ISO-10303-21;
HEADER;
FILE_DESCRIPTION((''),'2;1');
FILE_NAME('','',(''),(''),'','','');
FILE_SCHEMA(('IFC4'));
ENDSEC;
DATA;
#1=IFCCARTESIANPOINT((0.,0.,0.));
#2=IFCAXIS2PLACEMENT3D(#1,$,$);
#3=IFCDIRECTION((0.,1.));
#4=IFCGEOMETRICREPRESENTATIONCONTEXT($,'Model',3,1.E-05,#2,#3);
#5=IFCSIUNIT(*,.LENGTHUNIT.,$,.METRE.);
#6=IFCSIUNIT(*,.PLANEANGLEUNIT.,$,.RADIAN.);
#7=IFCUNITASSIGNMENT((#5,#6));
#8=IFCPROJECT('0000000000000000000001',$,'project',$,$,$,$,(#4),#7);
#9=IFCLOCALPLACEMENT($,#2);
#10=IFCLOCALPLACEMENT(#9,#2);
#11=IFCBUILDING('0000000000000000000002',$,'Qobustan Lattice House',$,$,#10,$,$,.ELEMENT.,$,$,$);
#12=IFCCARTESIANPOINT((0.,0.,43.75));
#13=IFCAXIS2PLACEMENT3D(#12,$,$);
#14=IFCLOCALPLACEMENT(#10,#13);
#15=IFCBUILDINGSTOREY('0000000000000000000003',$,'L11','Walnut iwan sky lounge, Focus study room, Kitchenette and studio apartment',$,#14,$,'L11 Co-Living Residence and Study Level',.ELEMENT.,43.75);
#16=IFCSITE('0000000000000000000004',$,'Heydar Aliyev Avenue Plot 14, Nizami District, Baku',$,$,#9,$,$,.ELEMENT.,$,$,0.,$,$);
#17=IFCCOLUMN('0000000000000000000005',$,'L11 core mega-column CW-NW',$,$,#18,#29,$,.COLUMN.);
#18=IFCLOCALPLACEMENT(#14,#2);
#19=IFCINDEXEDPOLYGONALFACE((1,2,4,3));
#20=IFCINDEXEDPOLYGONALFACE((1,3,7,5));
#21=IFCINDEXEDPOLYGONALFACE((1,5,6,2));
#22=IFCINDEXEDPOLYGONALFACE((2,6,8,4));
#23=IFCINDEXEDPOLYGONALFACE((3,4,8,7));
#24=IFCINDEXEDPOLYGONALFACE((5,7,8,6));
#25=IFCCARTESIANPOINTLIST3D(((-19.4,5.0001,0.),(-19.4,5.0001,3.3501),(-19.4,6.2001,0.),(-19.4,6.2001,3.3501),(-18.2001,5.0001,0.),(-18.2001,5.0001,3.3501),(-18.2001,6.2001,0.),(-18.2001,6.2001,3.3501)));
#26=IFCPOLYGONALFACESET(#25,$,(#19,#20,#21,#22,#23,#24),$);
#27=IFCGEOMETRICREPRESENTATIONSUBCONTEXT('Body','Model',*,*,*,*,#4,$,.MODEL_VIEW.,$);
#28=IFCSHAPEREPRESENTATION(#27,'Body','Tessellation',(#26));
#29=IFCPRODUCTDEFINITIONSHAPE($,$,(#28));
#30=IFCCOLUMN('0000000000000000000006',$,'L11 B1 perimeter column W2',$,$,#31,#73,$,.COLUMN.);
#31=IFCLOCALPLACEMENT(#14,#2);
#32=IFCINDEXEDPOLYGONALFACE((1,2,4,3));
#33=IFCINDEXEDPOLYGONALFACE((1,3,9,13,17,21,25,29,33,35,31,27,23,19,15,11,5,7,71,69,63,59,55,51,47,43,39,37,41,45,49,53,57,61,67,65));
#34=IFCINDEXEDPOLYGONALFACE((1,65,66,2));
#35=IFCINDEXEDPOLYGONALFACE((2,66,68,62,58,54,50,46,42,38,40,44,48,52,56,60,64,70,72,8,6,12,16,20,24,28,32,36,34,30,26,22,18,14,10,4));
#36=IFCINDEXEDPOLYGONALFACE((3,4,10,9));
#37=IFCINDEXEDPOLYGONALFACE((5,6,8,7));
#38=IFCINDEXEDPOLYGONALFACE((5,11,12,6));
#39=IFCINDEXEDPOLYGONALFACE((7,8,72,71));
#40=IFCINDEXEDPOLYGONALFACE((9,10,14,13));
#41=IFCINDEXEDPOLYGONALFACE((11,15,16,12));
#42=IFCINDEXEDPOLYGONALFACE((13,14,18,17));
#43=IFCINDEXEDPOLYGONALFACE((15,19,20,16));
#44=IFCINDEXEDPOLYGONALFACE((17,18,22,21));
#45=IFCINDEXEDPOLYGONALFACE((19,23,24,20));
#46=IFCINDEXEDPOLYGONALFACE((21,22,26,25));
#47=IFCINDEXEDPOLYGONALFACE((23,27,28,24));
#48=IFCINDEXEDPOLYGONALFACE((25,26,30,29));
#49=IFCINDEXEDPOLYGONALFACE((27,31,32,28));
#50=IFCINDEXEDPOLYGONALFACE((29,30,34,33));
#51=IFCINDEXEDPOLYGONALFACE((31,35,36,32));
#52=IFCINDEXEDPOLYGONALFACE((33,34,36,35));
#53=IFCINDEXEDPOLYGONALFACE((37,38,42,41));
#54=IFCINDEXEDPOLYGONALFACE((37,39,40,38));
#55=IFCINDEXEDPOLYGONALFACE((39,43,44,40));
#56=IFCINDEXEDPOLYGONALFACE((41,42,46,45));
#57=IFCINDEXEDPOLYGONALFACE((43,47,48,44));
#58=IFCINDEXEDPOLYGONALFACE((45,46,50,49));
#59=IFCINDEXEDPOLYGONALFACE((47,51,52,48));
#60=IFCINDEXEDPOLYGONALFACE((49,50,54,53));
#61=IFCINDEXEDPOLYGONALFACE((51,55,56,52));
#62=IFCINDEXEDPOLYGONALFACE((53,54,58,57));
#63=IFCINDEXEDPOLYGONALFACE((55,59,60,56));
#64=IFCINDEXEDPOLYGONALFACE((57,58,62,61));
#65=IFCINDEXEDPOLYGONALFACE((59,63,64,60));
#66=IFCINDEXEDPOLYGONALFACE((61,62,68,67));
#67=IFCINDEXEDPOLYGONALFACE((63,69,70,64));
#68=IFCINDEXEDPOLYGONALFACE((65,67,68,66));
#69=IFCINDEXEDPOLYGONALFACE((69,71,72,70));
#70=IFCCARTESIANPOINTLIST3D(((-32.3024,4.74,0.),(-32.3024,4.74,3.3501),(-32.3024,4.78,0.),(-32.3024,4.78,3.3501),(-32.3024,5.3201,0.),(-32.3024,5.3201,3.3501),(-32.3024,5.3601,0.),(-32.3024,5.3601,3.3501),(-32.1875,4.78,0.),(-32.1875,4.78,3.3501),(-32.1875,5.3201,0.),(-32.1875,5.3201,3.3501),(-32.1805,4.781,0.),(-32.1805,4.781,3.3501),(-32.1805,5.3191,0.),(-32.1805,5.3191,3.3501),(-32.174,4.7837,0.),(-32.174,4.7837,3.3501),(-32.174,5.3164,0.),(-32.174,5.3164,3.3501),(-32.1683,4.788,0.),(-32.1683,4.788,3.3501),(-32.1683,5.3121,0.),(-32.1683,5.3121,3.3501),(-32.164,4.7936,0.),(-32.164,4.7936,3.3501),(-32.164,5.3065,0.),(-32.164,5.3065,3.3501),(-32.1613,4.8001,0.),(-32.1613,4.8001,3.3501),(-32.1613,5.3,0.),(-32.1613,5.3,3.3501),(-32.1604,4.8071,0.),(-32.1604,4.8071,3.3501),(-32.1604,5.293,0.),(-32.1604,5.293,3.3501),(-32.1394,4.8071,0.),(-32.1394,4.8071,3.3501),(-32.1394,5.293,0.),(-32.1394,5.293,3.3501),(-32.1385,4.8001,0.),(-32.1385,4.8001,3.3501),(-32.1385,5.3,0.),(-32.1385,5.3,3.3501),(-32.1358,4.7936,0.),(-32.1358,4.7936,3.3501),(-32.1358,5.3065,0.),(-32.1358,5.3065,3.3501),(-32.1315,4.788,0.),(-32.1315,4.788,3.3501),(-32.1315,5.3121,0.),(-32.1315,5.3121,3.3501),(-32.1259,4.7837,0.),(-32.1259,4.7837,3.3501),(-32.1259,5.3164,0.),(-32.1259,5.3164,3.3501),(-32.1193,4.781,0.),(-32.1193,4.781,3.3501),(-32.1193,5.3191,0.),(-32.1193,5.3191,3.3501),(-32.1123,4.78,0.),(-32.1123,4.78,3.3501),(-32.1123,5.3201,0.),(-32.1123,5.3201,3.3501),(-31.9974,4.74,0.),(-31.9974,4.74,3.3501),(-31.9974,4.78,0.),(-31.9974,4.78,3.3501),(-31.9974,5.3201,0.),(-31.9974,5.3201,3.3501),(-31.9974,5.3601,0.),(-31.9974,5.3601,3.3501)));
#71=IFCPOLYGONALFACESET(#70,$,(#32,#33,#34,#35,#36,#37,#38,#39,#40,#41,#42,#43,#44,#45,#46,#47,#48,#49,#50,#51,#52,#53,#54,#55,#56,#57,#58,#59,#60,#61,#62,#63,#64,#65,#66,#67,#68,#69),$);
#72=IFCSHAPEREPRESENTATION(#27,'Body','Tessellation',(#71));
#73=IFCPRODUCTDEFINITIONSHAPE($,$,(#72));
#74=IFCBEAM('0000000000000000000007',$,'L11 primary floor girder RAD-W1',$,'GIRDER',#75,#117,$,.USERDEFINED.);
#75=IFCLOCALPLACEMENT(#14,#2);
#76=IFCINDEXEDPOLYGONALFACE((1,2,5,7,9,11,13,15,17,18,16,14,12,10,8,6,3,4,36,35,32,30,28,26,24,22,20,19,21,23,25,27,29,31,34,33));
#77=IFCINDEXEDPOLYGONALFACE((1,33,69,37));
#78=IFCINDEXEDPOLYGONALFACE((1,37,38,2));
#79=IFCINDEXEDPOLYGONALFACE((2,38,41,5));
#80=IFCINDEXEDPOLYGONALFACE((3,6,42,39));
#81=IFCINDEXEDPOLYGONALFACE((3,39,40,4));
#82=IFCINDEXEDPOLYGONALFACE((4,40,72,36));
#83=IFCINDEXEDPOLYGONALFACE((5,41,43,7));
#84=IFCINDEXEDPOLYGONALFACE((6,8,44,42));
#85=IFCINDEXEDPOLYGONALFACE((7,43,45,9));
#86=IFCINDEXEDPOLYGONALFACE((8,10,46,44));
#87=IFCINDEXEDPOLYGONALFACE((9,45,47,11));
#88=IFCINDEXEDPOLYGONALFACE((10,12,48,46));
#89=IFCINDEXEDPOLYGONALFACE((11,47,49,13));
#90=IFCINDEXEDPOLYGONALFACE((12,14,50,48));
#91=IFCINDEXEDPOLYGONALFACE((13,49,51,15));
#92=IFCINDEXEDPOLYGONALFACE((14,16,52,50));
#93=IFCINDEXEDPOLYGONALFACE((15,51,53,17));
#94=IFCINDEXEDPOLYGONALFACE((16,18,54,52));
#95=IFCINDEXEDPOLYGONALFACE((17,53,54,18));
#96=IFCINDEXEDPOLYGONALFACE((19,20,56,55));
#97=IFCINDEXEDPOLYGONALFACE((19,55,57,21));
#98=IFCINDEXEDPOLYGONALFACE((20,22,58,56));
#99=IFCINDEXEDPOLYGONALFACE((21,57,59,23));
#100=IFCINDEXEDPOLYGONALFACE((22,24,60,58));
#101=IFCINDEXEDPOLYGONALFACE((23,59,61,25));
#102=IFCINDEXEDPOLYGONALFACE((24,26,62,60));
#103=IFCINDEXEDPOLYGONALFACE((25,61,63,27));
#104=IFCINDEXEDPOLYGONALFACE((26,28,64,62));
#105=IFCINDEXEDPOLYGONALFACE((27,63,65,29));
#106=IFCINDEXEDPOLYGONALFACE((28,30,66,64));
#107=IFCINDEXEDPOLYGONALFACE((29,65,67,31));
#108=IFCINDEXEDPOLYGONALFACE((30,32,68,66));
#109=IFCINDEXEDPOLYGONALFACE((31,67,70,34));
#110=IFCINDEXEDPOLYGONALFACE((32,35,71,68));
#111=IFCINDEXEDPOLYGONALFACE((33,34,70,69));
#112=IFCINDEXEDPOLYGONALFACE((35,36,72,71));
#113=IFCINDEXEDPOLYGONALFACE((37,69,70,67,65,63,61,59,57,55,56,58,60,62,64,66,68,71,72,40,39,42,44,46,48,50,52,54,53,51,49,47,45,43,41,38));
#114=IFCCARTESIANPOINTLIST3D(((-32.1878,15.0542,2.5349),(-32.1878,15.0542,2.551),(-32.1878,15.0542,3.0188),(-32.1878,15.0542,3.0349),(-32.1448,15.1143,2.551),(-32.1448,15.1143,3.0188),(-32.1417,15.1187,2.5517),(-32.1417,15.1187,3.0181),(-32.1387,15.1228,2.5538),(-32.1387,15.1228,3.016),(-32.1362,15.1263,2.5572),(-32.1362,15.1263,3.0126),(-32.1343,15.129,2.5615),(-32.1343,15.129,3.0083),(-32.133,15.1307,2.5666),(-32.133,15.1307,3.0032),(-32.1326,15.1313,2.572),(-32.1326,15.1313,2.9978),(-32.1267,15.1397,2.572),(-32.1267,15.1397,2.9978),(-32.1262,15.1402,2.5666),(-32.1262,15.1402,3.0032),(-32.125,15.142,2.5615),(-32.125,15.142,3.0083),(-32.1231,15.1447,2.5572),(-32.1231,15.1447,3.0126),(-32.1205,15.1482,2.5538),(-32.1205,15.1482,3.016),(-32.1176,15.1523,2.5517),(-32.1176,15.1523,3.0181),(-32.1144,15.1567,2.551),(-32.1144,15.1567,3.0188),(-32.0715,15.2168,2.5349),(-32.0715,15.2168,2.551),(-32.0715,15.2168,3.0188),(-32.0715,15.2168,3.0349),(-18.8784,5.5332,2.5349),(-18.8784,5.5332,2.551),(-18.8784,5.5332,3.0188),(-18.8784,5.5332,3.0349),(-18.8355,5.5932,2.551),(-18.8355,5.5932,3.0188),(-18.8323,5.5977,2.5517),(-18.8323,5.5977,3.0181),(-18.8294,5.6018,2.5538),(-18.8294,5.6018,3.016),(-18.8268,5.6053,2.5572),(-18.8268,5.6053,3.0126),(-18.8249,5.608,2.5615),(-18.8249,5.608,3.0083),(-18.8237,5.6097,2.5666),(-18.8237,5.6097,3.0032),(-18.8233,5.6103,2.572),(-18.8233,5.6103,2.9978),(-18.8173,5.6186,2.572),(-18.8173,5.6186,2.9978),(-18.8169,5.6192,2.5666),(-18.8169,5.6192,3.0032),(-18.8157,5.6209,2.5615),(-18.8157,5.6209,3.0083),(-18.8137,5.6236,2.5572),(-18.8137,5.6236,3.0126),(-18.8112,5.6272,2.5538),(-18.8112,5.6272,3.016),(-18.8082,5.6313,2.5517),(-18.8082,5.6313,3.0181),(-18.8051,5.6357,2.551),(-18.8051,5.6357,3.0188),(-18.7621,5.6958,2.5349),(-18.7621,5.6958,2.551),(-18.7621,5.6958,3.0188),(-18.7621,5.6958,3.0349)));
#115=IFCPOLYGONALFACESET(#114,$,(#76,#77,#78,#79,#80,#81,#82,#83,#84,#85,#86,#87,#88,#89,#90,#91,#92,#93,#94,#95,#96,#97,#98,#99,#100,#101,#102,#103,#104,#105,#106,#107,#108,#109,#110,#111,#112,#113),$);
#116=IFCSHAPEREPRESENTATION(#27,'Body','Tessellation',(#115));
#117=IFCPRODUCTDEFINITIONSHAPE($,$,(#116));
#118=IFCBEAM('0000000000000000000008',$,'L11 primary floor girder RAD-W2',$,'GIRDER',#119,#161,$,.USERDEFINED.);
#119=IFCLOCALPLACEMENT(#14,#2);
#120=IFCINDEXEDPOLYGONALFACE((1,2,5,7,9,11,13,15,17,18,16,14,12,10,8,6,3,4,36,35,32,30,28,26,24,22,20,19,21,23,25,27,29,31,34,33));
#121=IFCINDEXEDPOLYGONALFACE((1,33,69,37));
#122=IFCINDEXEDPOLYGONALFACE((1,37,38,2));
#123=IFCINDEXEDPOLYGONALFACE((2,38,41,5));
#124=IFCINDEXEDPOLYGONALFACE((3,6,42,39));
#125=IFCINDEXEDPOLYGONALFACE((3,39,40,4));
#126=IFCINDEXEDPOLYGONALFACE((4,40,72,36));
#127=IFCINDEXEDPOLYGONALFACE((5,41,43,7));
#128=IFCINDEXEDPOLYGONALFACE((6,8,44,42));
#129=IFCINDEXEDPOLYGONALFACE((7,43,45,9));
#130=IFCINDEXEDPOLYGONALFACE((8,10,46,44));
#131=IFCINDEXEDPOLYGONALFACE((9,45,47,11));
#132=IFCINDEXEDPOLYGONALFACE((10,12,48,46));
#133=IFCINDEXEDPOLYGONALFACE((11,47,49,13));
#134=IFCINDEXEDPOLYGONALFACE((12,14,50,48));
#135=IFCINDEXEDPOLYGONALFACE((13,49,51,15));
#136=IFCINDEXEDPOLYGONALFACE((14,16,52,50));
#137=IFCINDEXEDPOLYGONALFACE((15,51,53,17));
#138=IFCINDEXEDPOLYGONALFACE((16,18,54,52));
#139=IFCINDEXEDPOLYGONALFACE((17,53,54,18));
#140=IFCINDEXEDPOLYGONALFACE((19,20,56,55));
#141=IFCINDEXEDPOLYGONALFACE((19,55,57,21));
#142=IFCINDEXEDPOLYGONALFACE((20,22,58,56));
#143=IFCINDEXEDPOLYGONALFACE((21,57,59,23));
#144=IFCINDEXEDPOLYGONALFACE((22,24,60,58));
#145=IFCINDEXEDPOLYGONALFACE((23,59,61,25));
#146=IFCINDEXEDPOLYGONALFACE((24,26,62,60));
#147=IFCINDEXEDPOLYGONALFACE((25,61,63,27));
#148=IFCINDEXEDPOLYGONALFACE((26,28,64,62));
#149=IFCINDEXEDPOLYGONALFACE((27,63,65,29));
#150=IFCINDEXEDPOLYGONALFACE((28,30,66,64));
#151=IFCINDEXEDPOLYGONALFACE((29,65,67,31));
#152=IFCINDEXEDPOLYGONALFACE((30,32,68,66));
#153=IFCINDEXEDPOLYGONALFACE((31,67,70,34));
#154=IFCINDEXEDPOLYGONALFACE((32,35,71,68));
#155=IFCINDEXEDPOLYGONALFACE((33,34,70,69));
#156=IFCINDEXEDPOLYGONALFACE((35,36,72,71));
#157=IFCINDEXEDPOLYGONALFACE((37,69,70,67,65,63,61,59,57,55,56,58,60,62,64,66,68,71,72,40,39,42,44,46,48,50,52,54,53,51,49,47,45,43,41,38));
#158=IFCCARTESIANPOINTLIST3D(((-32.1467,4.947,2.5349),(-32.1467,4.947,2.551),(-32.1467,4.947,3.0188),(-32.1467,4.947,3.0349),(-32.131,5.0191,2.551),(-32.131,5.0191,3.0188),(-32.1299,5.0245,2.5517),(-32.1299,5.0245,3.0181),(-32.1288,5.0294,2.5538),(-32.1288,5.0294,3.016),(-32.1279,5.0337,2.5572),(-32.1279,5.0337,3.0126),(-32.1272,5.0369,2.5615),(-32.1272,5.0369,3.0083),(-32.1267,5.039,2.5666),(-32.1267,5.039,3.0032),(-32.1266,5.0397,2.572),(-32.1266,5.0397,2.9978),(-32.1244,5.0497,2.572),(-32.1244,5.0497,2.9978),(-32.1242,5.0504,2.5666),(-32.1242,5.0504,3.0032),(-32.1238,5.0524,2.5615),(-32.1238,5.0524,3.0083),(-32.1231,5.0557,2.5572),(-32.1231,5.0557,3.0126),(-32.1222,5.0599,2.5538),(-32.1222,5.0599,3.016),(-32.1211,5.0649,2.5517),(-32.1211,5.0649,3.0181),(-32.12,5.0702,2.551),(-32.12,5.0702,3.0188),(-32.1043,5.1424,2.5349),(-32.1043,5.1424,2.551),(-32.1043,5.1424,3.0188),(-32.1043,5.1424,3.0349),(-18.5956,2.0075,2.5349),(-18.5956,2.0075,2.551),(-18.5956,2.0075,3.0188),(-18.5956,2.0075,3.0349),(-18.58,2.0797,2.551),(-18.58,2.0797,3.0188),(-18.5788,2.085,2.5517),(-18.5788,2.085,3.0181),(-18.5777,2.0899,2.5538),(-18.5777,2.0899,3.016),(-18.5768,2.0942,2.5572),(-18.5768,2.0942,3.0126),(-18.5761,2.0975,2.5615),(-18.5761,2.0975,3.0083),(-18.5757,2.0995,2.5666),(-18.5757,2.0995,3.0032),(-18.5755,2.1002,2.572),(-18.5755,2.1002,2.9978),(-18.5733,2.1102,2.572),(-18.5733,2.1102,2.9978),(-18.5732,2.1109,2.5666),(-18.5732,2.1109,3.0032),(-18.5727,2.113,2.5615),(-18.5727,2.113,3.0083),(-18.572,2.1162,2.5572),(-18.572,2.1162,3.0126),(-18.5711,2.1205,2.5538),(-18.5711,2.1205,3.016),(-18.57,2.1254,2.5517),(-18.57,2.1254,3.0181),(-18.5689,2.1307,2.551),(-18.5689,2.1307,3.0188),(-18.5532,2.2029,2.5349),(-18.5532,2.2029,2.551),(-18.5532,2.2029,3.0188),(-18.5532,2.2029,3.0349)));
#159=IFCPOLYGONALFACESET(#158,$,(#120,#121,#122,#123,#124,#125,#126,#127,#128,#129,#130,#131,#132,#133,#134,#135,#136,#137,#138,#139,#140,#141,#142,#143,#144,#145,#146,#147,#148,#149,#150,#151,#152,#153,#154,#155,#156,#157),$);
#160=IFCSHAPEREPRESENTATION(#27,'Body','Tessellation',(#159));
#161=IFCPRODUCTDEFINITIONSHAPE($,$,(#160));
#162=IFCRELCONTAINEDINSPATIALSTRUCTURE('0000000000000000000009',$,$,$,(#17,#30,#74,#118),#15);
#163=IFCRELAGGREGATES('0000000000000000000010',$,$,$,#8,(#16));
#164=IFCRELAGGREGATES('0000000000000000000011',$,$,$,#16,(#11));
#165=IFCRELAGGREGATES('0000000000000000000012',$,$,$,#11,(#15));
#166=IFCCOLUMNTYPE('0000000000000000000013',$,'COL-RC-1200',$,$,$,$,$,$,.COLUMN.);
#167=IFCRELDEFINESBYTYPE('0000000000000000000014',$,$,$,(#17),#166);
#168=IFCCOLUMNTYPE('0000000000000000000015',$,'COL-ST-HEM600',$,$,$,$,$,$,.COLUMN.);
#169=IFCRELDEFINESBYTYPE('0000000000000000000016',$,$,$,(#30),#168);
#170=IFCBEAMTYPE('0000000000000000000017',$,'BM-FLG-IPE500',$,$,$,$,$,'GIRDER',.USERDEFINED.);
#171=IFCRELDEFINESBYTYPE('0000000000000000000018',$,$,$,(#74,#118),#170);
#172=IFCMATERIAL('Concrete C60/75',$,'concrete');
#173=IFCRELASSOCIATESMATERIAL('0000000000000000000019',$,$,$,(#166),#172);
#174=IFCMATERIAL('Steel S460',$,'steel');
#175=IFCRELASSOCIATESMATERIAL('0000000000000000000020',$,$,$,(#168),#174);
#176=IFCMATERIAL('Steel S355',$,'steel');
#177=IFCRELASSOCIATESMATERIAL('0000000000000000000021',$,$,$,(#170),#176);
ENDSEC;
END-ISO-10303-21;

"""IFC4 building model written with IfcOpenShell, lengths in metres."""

from ifc_helpers import new_model, si_unit, direction, frame, origin, origin_2d, place, context, subcontext, project, spatial, rectangle, i_section, extrude, material, material_profile, profile_set, type_object, element, save


model = new_model("IFC4")

# Units and contexts
model_context = context("Model", 3, precision=1e-05, world=origin(), true_north=direction((0.0, 1.0)))
body_context = subcontext(model_context, "Body", "Model", "MODEL_VIEW")
ifc_project = project(units=[si_unit("LENGTHUNIT", "METRE"), si_unit("PLANEANGLEUNIT", "RADIAN")], contexts=[model_context])

# Site, building, storey
site_placement = place(None, origin())
site = spatial("IfcSite", under=ifc_project, at=site_placement, Name="Heydar Aliyev Avenue Plot 14, Nizami District, Baku", CompositionType="ELEMENT", RefElevation=0.0)
building_placement = place(site_placement, origin())
building = spatial("IfcBuilding", under=site, at=building_placement, Name="Qobustan Lattice House", CompositionType="ELEMENT")
storey_placement = place(building_placement, frame((0.0, 0.0, 43.75)))
storey = spatial("IfcBuildingStorey", under=building, at=storey_placement, Name="L11", Description="Walnut iwan sky lounge, Focus study room, Kitchenette and studio apartment", LongName="L11 Co-Living Residence and Study Level", CompositionType="ELEMENT", Elevation=43.75)

# Columns
ifc_material_1 = material(Name="Concrete C60/75", Category="concrete")
ifc_material_profile_1 = material_profile(ifc_material_1, rectangle(XDim=1.2, YDim=1.2, at=origin_2d()), Name="RC1200x1200")
ifc_profile_set_1 = profile_set([ifc_material_profile_1], Name="Concrete C60/75")
column_type_1 = type_object("IfcColumnType", Name="COL-RC-1200", PredefinedType="COLUMN", material=ifc_profile_set_1)
column_1_placement = place(storey_placement, frame((-18.8, 5.6001, 0.0), z_axis=(0.0, 0.0, 1.0), x_axis=(1.0, 0.0, 0.0)))
element("IfcColumn", 1, at=column_1_placement, inside=storey, type_object=column_type_1, Name="L11 core mega-column CW-NW", PredefinedType="COLUMN", context=body_context, shape_type="SweptSolid", body=[
    extrude(rectangle(XDim=1.2, YDim=1.2, at=origin_2d()), origin(), (0.0, 0.0, 1.0), 3.3501),
])
ifc_material_2 = material(Name="Steel S460", Category="steel")
ifc_material_profile_2 = material_profile(ifc_material_2, i_section(OverallWidth=0.3049, OverallDepth=0.6201, WebThickness=0.021, FlangeThickness=0.04, FilletRadius=0.0271, at=origin_2d()), Name="HEM600")
ifc_profile_set_2 = profile_set([ifc_material_profile_2], Name="Steel S460")
column_type_2 = type_object("IfcColumnType", Name="COL-ST-HEM600", PredefinedType="COLUMN", material=ifc_profile_set_2)
column_2_placement = place(storey_placement, frame((-32.1499, 5.05, 0.0), z_axis=(0.0, 0.0, 1.0), x_axis=(1.0, 0.0, 0.0)))
element("IfcColumn", 2, at=column_2_placement, inside=storey, type_object=column_type_2, Name="L11 B1 perimeter column W2", PredefinedType="COLUMN", context=body_context, shape_type="SweptSolid", body=[
    extrude(i_section(OverallWidth=0.3049, OverallDepth=0.6201, WebThickness=0.021, FlangeThickness=0.04, FilletRadius=0.0271, at=origin_2d()), origin(), (0.0, 0.0, 1.0), 3.3501),
])

# Beams
ifc_material_3 = material(Name="Steel S355", Category="steel")
ifc_material_profile_3 = material_profile(ifc_material_3, i_section(OverallWidth=0.2, OverallDepth=0.5, WebThickness=0.0103, FlangeThickness=0.0161, FilletRadius=0.021, at=origin_2d()), Name="IPE500")
ifc_profile_set_3 = profile_set([ifc_material_profile_3], Name="Steel S355")
beam_type_1 = type_object("IfcBeamType", Name="BM-FLG-IPE500", ElementType="GIRDER", PredefinedType="USERDEFINED", material=ifc_profile_set_3)
beam_1_placement = place(storey_placement, frame((-32.1296, 15.1355, 2.7849), z_axis=(0.813319, -0.581818, 0.0), x_axis=(0.581818, 0.813319, 0.0)))
element("IfcBeam", 3, at=beam_1_placement, inside=storey, type_object=beam_type_1, Name="L11 primary floor girder RAD-W1", ObjectType="GIRDER", PredefinedType="USERDEFINED", context=body_context, shape_type="SweptSolid", body=[
    extrude(i_section(OverallWidth=0.2, OverallDepth=0.5, WebThickness=0.0103, FlangeThickness=0.0161, FilletRadius=0.021, at=origin_2d()), origin(), (0.0, 0.0, 1.0), 16.3643),
])
beam_2_placement = place(storey_placement, frame((-32.1255, 5.0447, 2.7849), z_axis=(0.977272, -0.211987, 0.0), x_axis=(0.211987, 0.977272, 0.0)))
element("IfcBeam", 4, at=beam_2_placement, inside=storey, type_object=beam_type_1, Name="L11 primary floor girder RAD-W2", ObjectType="GIRDER", PredefinedType="USERDEFINED", context=body_context, shape_type="SweptSolid", body=[
    extrude(i_section(OverallWidth=0.2, OverallDepth=0.5, WebThickness=0.0103, FlangeThickness=0.0161, FilletRadius=0.021, at=origin_2d()), origin(), (0.0, 0.0, 1.0), 13.8662),
])

save(model, "model.ifc")
